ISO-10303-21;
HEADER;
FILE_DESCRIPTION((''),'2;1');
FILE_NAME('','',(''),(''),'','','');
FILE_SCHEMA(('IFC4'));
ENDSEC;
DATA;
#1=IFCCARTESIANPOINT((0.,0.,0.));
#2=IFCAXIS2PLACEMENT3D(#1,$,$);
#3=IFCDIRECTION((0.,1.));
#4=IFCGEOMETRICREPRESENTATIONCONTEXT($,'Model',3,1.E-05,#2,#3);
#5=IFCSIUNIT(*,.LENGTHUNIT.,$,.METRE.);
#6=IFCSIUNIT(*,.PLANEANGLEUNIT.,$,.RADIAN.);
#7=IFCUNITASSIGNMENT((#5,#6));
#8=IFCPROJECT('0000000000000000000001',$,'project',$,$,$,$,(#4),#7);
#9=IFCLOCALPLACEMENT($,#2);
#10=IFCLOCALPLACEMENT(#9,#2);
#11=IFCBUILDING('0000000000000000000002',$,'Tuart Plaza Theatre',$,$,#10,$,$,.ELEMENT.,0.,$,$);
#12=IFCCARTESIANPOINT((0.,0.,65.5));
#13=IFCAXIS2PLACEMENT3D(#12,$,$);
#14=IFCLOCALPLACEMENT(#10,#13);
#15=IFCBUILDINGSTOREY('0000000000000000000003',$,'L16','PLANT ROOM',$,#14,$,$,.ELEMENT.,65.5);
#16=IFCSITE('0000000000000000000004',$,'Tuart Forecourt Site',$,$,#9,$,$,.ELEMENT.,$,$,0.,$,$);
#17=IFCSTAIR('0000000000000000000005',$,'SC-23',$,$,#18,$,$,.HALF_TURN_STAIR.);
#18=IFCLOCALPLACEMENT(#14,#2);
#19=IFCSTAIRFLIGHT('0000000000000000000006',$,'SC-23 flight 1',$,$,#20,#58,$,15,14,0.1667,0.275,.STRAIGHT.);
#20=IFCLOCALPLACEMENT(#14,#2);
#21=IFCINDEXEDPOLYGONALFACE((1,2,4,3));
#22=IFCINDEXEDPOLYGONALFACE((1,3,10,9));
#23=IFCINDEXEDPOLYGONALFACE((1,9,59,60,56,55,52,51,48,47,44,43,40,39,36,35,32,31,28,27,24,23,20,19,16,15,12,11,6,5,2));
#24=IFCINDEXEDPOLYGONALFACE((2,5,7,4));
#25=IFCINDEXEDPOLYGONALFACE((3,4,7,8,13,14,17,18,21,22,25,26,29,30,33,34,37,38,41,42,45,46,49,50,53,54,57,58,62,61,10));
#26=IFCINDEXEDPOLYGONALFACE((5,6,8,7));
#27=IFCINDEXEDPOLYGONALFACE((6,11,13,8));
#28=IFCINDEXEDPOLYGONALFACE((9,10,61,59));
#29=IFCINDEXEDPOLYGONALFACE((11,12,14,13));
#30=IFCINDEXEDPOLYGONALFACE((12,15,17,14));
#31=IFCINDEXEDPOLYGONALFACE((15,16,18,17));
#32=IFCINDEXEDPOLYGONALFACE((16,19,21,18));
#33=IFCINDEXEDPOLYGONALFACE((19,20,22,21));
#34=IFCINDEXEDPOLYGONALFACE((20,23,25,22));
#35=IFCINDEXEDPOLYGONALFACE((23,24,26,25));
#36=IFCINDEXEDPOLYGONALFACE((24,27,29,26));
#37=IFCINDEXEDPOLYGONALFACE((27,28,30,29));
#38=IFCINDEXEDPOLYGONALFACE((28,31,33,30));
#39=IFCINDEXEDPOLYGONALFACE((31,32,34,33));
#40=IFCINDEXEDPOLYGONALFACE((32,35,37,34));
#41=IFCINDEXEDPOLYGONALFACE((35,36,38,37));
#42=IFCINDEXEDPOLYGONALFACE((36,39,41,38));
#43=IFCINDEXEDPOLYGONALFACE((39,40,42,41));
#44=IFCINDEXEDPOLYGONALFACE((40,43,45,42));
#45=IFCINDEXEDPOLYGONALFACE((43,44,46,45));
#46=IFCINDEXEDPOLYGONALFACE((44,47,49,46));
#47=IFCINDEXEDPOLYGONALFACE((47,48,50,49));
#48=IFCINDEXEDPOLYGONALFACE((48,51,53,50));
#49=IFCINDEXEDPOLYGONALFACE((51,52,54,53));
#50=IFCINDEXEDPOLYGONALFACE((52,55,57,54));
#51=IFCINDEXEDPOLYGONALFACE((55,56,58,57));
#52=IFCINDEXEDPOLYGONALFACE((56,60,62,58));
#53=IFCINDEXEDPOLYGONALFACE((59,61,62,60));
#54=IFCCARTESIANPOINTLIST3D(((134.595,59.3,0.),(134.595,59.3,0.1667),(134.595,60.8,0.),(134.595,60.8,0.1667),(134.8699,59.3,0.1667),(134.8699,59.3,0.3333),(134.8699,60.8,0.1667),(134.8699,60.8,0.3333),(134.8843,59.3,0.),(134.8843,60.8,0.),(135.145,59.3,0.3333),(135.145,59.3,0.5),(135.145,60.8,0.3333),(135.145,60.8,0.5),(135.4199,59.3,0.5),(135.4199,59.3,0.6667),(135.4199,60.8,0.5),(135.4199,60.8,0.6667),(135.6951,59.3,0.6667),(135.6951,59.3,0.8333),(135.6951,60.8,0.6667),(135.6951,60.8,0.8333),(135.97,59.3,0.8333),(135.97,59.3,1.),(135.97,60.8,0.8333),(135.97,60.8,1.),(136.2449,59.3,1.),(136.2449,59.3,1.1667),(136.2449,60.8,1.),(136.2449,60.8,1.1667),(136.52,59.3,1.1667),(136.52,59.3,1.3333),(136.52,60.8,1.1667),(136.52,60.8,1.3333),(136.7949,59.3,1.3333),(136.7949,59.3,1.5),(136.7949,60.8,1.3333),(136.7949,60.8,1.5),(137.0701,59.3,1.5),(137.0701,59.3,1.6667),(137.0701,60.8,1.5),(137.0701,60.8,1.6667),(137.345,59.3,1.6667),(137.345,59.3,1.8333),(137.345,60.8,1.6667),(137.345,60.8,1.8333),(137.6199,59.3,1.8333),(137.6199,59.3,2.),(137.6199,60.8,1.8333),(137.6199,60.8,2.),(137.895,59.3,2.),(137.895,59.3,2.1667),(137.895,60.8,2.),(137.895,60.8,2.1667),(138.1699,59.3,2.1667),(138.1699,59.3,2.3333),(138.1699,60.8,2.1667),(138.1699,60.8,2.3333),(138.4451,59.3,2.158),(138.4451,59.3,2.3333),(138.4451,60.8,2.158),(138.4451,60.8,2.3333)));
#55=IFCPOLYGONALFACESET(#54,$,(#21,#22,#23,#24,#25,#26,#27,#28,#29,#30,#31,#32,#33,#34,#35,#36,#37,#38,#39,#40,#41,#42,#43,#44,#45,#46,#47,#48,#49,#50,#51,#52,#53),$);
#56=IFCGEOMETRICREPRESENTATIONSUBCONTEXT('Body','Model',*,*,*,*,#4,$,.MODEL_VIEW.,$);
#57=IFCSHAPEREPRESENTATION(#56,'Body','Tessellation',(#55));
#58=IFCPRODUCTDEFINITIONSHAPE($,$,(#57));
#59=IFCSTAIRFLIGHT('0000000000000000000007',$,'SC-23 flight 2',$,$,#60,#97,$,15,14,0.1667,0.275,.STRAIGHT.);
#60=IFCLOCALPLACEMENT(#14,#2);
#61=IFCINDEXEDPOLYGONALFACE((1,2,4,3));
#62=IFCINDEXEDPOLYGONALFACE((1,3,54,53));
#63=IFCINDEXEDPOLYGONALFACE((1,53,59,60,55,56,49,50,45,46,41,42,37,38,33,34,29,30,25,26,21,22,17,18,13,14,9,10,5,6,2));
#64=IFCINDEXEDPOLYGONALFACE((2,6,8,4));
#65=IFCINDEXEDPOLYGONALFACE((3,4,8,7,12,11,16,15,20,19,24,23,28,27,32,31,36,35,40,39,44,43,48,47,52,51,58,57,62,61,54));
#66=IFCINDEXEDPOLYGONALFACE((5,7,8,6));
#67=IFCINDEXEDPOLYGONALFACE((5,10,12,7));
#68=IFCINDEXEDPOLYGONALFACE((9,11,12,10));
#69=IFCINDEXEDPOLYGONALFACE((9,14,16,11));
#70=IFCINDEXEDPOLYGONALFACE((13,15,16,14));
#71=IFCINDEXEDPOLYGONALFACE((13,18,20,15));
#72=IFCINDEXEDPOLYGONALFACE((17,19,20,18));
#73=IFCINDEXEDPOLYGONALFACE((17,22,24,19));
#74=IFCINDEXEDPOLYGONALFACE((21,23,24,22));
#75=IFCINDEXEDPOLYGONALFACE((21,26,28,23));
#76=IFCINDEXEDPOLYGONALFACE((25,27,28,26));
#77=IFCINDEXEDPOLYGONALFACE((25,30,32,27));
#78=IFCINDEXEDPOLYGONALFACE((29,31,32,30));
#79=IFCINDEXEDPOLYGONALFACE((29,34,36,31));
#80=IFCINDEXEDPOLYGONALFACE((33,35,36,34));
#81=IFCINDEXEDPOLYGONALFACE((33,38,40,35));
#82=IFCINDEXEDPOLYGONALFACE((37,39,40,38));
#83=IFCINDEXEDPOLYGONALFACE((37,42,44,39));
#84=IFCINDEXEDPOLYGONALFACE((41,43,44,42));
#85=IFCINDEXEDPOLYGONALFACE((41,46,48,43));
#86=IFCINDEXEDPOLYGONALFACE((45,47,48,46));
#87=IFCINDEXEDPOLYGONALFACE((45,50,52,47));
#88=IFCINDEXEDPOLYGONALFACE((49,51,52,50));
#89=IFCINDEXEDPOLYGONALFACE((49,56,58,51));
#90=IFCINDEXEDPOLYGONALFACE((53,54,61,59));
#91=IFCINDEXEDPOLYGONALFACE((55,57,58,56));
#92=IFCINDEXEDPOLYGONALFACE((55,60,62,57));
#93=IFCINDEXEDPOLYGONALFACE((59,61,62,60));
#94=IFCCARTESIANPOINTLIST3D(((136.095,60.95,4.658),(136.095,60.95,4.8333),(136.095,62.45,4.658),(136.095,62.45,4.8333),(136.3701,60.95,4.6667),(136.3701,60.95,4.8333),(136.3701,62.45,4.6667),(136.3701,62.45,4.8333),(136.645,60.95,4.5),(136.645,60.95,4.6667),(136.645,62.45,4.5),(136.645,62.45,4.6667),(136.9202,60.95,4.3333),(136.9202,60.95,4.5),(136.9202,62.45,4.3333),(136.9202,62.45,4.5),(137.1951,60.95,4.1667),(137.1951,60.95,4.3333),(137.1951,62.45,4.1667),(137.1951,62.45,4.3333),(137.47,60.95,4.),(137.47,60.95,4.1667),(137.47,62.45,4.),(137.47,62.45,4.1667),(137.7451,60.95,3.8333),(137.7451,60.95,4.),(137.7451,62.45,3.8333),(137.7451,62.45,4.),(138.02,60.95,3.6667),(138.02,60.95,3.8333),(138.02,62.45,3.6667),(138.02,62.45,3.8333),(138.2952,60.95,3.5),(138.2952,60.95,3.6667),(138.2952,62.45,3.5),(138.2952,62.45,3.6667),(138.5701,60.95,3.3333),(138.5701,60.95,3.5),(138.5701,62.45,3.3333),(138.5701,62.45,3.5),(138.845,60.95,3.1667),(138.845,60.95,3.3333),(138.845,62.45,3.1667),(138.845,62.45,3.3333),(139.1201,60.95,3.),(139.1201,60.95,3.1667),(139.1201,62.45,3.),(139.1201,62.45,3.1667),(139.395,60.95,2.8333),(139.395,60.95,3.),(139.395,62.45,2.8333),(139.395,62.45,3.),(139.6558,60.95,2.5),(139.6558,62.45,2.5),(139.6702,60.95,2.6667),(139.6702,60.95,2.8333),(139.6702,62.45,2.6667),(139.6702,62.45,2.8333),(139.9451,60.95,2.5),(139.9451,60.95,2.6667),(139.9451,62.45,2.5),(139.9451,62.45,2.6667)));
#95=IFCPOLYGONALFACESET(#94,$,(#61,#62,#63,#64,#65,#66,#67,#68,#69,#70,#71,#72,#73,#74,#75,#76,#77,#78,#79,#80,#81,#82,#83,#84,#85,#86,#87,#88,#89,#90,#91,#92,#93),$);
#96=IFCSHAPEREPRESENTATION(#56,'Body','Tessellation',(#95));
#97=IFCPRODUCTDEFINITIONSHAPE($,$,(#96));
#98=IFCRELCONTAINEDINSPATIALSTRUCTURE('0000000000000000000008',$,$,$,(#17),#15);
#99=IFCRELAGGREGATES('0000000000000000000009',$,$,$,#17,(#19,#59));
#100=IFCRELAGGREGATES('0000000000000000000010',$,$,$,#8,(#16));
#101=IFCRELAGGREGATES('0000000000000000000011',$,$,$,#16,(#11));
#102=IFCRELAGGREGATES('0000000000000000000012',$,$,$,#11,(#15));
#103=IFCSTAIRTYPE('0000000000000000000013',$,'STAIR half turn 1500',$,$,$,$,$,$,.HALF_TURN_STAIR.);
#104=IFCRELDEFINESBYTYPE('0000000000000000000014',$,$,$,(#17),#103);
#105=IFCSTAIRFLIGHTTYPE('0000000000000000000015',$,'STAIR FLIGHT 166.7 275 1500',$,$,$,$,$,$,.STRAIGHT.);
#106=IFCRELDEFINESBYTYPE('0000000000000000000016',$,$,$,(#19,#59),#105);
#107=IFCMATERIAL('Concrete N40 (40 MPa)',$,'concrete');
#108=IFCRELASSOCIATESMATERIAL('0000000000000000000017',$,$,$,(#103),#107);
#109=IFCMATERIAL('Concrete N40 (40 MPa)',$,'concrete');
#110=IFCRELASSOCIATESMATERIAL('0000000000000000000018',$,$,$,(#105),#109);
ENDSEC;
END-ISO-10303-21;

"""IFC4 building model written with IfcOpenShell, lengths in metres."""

from ifc_helpers import new_model, si_unit, direction, frame, origin, place, context, subcontext, project, spatial, polyline, outline, extrude, material, type_object, element, aggregate, save


model = new_model("IFC4")

# Units and contexts
model_context = context("Model", 3, precision=1e-05, world=origin(), true_north=direction((0.0, 1.0)))
body_context = subcontext(model_context, "Body", "Model", "MODEL_VIEW")
ifc_project = project(units=[si_unit("LENGTHUNIT", "METRE"), si_unit("PLANEANGLEUNIT", "RADIAN")], contexts=[model_context])

# Site, building, storey
site_placement = place(None, origin())
site = spatial("IfcSite", under=ifc_project, at=site_placement, Name="Tuart Forecourt Site", CompositionType="ELEMENT", RefElevation=0.0)
building_placement = place(site_placement, origin())
building = spatial("IfcBuilding", under=site, at=building_placement, Name="Tuart Plaza Theatre", CompositionType="ELEMENT", ElevationOfRefHeight=0.0)
storey_placement = place(building_placement, frame((0.0, 0.0, 65.5)))
storey = spatial("IfcBuildingStorey", under=building, at=storey_placement, Name="L16", Description="PLANT ROOM", CompositionType="ELEMENT", Elevation=65.5)

# Stair, stair flights
ifc_material_1 = material(Name="Concrete N40 (40 MPa)", Category="concrete")
stair_type = type_object("IfcStairType", Name="STAIR half turn 1500", PredefinedType="HALF_TURN_STAIR", material=ifc_material_1)
stair_placement = place(storey_placement, origin())
stair = element("IfcStair", 1, at=stair_placement, inside=storey, type_object=stair_type, Name="SC-23", PredefinedType="HALF_TURN_STAIR")
ifc_material_2 = material(Name="Concrete N40 (40 MPa)", Category="concrete")
stair_flight_type = type_object("IfcStairFlightType", Name="STAIR FLIGHT 166.7 275 1500", PredefinedType="STRAIGHT", material=ifc_material_2)
stair_flight_1_placement = place(storey_placement, frame((134.595, 60.05, 0.0), z_axis=(0.0, 0.0, 1.0), x_axis=(1.0, 0.0, 0.0)))
stair_flight_1 = element("IfcStairFlight", 2, at=stair_flight_1_placement, type_object=stair_flight_type, Name="SC-23 flight 1", NumberOfRisers=15, NumberOfTreads=14, PredefinedType="STRAIGHT", RiserHeight=0.1667, TreadLength=0.275, context=body_context, shape_type="SweptSolid", body=[
    extrude(outline(polyline([(0.0, 0.0), (0.0, 0.1667), (0.2749, 0.1667), (0.2749, 0.3333), (0.55, 0.3333), (0.55, 0.5), (0.825, 0.5), (0.825, 0.6667), (1.1001, 0.6667), (1.1001, 0.8333), (1.375, 0.8333), (1.375, 1.0), (1.6499, 1.0), (1.6499, 1.1667), (1.925, 1.1667), (1.925, 1.3333), (2.2, 1.3333), (2.2, 1.5), (2.4751, 1.5), (2.4751, 1.6667), (2.75, 1.6667), (2.75, 1.8333), (3.0249, 1.8333), (3.0249, 2.0), (3.3, 2.0), (3.3, 2.1667), (3.575, 2.1667), (3.575, 2.3333), (3.8501, 2.3333), (3.8501, 2.5), (3.8501, 2.158), (0.2893, 0.0), (0.0, 0.0)])), frame((0.0, 0.75, 0.0), z_axis=(0.0, -1.0, 0.0), x_axis=(1.0, 0.0, 0.0)), (0.0, 0.0, 1.0), 1.5),
])
stair_flight_2_placement = place(storey_placement, frame((139.9451, 61.7, 2.5), z_axis=(0.0, 0.0, 1.0), x_axis=(-1.0, 0.0, 0.0)))
stair_flight_2 = element("IfcStairFlight", 3, at=stair_flight_2_placement, type_object=stair_flight_type, Name="SC-23 flight 2", NumberOfRisers=15, NumberOfTreads=14, PredefinedType="STRAIGHT", RiserHeight=0.1667, TreadLength=0.275, context=body_context, shape_type="SweptSolid", body=[
    extrude(outline(polyline([(0.0, 0.0), (0.0, 0.1667), (0.2749, 0.1667), (0.2749, 0.3333), (0.55, 0.3333), (0.55, 0.5), (0.825, 0.5), (0.825, 0.6667), (1.1001, 0.6667), (1.1001, 0.8333), (1.375, 0.8333), (1.375, 1.0), (1.6499, 1.0), (1.6499, 1.1667), (1.925, 1.1667), (1.925, 1.3333), (2.2, 1.3333), (2.2, 1.5), (2.4751, 1.5), (2.4751, 1.6667), (2.75, 1.6667), (2.75, 1.8333), (3.0249, 1.8333), (3.0249, 2.0), (3.3, 2.0), (3.3, 2.1667), (3.575, 2.1667), (3.575, 2.3333), (3.8501, 2.3333), (3.8501, 2.5), (3.8501, 2.158), (0.2893, 0.0), (0.0, 0.0)])), frame((0.0, 0.75, 0.0), z_axis=(0.0, -1.0, 0.0), x_axis=(1.0, 0.0, 0.0)), (0.0, 0.0, 1.0), 1.5),
])
aggregate(stair, [stair_flight_1, stair_flight_2])

save(model, "model.ifc")
